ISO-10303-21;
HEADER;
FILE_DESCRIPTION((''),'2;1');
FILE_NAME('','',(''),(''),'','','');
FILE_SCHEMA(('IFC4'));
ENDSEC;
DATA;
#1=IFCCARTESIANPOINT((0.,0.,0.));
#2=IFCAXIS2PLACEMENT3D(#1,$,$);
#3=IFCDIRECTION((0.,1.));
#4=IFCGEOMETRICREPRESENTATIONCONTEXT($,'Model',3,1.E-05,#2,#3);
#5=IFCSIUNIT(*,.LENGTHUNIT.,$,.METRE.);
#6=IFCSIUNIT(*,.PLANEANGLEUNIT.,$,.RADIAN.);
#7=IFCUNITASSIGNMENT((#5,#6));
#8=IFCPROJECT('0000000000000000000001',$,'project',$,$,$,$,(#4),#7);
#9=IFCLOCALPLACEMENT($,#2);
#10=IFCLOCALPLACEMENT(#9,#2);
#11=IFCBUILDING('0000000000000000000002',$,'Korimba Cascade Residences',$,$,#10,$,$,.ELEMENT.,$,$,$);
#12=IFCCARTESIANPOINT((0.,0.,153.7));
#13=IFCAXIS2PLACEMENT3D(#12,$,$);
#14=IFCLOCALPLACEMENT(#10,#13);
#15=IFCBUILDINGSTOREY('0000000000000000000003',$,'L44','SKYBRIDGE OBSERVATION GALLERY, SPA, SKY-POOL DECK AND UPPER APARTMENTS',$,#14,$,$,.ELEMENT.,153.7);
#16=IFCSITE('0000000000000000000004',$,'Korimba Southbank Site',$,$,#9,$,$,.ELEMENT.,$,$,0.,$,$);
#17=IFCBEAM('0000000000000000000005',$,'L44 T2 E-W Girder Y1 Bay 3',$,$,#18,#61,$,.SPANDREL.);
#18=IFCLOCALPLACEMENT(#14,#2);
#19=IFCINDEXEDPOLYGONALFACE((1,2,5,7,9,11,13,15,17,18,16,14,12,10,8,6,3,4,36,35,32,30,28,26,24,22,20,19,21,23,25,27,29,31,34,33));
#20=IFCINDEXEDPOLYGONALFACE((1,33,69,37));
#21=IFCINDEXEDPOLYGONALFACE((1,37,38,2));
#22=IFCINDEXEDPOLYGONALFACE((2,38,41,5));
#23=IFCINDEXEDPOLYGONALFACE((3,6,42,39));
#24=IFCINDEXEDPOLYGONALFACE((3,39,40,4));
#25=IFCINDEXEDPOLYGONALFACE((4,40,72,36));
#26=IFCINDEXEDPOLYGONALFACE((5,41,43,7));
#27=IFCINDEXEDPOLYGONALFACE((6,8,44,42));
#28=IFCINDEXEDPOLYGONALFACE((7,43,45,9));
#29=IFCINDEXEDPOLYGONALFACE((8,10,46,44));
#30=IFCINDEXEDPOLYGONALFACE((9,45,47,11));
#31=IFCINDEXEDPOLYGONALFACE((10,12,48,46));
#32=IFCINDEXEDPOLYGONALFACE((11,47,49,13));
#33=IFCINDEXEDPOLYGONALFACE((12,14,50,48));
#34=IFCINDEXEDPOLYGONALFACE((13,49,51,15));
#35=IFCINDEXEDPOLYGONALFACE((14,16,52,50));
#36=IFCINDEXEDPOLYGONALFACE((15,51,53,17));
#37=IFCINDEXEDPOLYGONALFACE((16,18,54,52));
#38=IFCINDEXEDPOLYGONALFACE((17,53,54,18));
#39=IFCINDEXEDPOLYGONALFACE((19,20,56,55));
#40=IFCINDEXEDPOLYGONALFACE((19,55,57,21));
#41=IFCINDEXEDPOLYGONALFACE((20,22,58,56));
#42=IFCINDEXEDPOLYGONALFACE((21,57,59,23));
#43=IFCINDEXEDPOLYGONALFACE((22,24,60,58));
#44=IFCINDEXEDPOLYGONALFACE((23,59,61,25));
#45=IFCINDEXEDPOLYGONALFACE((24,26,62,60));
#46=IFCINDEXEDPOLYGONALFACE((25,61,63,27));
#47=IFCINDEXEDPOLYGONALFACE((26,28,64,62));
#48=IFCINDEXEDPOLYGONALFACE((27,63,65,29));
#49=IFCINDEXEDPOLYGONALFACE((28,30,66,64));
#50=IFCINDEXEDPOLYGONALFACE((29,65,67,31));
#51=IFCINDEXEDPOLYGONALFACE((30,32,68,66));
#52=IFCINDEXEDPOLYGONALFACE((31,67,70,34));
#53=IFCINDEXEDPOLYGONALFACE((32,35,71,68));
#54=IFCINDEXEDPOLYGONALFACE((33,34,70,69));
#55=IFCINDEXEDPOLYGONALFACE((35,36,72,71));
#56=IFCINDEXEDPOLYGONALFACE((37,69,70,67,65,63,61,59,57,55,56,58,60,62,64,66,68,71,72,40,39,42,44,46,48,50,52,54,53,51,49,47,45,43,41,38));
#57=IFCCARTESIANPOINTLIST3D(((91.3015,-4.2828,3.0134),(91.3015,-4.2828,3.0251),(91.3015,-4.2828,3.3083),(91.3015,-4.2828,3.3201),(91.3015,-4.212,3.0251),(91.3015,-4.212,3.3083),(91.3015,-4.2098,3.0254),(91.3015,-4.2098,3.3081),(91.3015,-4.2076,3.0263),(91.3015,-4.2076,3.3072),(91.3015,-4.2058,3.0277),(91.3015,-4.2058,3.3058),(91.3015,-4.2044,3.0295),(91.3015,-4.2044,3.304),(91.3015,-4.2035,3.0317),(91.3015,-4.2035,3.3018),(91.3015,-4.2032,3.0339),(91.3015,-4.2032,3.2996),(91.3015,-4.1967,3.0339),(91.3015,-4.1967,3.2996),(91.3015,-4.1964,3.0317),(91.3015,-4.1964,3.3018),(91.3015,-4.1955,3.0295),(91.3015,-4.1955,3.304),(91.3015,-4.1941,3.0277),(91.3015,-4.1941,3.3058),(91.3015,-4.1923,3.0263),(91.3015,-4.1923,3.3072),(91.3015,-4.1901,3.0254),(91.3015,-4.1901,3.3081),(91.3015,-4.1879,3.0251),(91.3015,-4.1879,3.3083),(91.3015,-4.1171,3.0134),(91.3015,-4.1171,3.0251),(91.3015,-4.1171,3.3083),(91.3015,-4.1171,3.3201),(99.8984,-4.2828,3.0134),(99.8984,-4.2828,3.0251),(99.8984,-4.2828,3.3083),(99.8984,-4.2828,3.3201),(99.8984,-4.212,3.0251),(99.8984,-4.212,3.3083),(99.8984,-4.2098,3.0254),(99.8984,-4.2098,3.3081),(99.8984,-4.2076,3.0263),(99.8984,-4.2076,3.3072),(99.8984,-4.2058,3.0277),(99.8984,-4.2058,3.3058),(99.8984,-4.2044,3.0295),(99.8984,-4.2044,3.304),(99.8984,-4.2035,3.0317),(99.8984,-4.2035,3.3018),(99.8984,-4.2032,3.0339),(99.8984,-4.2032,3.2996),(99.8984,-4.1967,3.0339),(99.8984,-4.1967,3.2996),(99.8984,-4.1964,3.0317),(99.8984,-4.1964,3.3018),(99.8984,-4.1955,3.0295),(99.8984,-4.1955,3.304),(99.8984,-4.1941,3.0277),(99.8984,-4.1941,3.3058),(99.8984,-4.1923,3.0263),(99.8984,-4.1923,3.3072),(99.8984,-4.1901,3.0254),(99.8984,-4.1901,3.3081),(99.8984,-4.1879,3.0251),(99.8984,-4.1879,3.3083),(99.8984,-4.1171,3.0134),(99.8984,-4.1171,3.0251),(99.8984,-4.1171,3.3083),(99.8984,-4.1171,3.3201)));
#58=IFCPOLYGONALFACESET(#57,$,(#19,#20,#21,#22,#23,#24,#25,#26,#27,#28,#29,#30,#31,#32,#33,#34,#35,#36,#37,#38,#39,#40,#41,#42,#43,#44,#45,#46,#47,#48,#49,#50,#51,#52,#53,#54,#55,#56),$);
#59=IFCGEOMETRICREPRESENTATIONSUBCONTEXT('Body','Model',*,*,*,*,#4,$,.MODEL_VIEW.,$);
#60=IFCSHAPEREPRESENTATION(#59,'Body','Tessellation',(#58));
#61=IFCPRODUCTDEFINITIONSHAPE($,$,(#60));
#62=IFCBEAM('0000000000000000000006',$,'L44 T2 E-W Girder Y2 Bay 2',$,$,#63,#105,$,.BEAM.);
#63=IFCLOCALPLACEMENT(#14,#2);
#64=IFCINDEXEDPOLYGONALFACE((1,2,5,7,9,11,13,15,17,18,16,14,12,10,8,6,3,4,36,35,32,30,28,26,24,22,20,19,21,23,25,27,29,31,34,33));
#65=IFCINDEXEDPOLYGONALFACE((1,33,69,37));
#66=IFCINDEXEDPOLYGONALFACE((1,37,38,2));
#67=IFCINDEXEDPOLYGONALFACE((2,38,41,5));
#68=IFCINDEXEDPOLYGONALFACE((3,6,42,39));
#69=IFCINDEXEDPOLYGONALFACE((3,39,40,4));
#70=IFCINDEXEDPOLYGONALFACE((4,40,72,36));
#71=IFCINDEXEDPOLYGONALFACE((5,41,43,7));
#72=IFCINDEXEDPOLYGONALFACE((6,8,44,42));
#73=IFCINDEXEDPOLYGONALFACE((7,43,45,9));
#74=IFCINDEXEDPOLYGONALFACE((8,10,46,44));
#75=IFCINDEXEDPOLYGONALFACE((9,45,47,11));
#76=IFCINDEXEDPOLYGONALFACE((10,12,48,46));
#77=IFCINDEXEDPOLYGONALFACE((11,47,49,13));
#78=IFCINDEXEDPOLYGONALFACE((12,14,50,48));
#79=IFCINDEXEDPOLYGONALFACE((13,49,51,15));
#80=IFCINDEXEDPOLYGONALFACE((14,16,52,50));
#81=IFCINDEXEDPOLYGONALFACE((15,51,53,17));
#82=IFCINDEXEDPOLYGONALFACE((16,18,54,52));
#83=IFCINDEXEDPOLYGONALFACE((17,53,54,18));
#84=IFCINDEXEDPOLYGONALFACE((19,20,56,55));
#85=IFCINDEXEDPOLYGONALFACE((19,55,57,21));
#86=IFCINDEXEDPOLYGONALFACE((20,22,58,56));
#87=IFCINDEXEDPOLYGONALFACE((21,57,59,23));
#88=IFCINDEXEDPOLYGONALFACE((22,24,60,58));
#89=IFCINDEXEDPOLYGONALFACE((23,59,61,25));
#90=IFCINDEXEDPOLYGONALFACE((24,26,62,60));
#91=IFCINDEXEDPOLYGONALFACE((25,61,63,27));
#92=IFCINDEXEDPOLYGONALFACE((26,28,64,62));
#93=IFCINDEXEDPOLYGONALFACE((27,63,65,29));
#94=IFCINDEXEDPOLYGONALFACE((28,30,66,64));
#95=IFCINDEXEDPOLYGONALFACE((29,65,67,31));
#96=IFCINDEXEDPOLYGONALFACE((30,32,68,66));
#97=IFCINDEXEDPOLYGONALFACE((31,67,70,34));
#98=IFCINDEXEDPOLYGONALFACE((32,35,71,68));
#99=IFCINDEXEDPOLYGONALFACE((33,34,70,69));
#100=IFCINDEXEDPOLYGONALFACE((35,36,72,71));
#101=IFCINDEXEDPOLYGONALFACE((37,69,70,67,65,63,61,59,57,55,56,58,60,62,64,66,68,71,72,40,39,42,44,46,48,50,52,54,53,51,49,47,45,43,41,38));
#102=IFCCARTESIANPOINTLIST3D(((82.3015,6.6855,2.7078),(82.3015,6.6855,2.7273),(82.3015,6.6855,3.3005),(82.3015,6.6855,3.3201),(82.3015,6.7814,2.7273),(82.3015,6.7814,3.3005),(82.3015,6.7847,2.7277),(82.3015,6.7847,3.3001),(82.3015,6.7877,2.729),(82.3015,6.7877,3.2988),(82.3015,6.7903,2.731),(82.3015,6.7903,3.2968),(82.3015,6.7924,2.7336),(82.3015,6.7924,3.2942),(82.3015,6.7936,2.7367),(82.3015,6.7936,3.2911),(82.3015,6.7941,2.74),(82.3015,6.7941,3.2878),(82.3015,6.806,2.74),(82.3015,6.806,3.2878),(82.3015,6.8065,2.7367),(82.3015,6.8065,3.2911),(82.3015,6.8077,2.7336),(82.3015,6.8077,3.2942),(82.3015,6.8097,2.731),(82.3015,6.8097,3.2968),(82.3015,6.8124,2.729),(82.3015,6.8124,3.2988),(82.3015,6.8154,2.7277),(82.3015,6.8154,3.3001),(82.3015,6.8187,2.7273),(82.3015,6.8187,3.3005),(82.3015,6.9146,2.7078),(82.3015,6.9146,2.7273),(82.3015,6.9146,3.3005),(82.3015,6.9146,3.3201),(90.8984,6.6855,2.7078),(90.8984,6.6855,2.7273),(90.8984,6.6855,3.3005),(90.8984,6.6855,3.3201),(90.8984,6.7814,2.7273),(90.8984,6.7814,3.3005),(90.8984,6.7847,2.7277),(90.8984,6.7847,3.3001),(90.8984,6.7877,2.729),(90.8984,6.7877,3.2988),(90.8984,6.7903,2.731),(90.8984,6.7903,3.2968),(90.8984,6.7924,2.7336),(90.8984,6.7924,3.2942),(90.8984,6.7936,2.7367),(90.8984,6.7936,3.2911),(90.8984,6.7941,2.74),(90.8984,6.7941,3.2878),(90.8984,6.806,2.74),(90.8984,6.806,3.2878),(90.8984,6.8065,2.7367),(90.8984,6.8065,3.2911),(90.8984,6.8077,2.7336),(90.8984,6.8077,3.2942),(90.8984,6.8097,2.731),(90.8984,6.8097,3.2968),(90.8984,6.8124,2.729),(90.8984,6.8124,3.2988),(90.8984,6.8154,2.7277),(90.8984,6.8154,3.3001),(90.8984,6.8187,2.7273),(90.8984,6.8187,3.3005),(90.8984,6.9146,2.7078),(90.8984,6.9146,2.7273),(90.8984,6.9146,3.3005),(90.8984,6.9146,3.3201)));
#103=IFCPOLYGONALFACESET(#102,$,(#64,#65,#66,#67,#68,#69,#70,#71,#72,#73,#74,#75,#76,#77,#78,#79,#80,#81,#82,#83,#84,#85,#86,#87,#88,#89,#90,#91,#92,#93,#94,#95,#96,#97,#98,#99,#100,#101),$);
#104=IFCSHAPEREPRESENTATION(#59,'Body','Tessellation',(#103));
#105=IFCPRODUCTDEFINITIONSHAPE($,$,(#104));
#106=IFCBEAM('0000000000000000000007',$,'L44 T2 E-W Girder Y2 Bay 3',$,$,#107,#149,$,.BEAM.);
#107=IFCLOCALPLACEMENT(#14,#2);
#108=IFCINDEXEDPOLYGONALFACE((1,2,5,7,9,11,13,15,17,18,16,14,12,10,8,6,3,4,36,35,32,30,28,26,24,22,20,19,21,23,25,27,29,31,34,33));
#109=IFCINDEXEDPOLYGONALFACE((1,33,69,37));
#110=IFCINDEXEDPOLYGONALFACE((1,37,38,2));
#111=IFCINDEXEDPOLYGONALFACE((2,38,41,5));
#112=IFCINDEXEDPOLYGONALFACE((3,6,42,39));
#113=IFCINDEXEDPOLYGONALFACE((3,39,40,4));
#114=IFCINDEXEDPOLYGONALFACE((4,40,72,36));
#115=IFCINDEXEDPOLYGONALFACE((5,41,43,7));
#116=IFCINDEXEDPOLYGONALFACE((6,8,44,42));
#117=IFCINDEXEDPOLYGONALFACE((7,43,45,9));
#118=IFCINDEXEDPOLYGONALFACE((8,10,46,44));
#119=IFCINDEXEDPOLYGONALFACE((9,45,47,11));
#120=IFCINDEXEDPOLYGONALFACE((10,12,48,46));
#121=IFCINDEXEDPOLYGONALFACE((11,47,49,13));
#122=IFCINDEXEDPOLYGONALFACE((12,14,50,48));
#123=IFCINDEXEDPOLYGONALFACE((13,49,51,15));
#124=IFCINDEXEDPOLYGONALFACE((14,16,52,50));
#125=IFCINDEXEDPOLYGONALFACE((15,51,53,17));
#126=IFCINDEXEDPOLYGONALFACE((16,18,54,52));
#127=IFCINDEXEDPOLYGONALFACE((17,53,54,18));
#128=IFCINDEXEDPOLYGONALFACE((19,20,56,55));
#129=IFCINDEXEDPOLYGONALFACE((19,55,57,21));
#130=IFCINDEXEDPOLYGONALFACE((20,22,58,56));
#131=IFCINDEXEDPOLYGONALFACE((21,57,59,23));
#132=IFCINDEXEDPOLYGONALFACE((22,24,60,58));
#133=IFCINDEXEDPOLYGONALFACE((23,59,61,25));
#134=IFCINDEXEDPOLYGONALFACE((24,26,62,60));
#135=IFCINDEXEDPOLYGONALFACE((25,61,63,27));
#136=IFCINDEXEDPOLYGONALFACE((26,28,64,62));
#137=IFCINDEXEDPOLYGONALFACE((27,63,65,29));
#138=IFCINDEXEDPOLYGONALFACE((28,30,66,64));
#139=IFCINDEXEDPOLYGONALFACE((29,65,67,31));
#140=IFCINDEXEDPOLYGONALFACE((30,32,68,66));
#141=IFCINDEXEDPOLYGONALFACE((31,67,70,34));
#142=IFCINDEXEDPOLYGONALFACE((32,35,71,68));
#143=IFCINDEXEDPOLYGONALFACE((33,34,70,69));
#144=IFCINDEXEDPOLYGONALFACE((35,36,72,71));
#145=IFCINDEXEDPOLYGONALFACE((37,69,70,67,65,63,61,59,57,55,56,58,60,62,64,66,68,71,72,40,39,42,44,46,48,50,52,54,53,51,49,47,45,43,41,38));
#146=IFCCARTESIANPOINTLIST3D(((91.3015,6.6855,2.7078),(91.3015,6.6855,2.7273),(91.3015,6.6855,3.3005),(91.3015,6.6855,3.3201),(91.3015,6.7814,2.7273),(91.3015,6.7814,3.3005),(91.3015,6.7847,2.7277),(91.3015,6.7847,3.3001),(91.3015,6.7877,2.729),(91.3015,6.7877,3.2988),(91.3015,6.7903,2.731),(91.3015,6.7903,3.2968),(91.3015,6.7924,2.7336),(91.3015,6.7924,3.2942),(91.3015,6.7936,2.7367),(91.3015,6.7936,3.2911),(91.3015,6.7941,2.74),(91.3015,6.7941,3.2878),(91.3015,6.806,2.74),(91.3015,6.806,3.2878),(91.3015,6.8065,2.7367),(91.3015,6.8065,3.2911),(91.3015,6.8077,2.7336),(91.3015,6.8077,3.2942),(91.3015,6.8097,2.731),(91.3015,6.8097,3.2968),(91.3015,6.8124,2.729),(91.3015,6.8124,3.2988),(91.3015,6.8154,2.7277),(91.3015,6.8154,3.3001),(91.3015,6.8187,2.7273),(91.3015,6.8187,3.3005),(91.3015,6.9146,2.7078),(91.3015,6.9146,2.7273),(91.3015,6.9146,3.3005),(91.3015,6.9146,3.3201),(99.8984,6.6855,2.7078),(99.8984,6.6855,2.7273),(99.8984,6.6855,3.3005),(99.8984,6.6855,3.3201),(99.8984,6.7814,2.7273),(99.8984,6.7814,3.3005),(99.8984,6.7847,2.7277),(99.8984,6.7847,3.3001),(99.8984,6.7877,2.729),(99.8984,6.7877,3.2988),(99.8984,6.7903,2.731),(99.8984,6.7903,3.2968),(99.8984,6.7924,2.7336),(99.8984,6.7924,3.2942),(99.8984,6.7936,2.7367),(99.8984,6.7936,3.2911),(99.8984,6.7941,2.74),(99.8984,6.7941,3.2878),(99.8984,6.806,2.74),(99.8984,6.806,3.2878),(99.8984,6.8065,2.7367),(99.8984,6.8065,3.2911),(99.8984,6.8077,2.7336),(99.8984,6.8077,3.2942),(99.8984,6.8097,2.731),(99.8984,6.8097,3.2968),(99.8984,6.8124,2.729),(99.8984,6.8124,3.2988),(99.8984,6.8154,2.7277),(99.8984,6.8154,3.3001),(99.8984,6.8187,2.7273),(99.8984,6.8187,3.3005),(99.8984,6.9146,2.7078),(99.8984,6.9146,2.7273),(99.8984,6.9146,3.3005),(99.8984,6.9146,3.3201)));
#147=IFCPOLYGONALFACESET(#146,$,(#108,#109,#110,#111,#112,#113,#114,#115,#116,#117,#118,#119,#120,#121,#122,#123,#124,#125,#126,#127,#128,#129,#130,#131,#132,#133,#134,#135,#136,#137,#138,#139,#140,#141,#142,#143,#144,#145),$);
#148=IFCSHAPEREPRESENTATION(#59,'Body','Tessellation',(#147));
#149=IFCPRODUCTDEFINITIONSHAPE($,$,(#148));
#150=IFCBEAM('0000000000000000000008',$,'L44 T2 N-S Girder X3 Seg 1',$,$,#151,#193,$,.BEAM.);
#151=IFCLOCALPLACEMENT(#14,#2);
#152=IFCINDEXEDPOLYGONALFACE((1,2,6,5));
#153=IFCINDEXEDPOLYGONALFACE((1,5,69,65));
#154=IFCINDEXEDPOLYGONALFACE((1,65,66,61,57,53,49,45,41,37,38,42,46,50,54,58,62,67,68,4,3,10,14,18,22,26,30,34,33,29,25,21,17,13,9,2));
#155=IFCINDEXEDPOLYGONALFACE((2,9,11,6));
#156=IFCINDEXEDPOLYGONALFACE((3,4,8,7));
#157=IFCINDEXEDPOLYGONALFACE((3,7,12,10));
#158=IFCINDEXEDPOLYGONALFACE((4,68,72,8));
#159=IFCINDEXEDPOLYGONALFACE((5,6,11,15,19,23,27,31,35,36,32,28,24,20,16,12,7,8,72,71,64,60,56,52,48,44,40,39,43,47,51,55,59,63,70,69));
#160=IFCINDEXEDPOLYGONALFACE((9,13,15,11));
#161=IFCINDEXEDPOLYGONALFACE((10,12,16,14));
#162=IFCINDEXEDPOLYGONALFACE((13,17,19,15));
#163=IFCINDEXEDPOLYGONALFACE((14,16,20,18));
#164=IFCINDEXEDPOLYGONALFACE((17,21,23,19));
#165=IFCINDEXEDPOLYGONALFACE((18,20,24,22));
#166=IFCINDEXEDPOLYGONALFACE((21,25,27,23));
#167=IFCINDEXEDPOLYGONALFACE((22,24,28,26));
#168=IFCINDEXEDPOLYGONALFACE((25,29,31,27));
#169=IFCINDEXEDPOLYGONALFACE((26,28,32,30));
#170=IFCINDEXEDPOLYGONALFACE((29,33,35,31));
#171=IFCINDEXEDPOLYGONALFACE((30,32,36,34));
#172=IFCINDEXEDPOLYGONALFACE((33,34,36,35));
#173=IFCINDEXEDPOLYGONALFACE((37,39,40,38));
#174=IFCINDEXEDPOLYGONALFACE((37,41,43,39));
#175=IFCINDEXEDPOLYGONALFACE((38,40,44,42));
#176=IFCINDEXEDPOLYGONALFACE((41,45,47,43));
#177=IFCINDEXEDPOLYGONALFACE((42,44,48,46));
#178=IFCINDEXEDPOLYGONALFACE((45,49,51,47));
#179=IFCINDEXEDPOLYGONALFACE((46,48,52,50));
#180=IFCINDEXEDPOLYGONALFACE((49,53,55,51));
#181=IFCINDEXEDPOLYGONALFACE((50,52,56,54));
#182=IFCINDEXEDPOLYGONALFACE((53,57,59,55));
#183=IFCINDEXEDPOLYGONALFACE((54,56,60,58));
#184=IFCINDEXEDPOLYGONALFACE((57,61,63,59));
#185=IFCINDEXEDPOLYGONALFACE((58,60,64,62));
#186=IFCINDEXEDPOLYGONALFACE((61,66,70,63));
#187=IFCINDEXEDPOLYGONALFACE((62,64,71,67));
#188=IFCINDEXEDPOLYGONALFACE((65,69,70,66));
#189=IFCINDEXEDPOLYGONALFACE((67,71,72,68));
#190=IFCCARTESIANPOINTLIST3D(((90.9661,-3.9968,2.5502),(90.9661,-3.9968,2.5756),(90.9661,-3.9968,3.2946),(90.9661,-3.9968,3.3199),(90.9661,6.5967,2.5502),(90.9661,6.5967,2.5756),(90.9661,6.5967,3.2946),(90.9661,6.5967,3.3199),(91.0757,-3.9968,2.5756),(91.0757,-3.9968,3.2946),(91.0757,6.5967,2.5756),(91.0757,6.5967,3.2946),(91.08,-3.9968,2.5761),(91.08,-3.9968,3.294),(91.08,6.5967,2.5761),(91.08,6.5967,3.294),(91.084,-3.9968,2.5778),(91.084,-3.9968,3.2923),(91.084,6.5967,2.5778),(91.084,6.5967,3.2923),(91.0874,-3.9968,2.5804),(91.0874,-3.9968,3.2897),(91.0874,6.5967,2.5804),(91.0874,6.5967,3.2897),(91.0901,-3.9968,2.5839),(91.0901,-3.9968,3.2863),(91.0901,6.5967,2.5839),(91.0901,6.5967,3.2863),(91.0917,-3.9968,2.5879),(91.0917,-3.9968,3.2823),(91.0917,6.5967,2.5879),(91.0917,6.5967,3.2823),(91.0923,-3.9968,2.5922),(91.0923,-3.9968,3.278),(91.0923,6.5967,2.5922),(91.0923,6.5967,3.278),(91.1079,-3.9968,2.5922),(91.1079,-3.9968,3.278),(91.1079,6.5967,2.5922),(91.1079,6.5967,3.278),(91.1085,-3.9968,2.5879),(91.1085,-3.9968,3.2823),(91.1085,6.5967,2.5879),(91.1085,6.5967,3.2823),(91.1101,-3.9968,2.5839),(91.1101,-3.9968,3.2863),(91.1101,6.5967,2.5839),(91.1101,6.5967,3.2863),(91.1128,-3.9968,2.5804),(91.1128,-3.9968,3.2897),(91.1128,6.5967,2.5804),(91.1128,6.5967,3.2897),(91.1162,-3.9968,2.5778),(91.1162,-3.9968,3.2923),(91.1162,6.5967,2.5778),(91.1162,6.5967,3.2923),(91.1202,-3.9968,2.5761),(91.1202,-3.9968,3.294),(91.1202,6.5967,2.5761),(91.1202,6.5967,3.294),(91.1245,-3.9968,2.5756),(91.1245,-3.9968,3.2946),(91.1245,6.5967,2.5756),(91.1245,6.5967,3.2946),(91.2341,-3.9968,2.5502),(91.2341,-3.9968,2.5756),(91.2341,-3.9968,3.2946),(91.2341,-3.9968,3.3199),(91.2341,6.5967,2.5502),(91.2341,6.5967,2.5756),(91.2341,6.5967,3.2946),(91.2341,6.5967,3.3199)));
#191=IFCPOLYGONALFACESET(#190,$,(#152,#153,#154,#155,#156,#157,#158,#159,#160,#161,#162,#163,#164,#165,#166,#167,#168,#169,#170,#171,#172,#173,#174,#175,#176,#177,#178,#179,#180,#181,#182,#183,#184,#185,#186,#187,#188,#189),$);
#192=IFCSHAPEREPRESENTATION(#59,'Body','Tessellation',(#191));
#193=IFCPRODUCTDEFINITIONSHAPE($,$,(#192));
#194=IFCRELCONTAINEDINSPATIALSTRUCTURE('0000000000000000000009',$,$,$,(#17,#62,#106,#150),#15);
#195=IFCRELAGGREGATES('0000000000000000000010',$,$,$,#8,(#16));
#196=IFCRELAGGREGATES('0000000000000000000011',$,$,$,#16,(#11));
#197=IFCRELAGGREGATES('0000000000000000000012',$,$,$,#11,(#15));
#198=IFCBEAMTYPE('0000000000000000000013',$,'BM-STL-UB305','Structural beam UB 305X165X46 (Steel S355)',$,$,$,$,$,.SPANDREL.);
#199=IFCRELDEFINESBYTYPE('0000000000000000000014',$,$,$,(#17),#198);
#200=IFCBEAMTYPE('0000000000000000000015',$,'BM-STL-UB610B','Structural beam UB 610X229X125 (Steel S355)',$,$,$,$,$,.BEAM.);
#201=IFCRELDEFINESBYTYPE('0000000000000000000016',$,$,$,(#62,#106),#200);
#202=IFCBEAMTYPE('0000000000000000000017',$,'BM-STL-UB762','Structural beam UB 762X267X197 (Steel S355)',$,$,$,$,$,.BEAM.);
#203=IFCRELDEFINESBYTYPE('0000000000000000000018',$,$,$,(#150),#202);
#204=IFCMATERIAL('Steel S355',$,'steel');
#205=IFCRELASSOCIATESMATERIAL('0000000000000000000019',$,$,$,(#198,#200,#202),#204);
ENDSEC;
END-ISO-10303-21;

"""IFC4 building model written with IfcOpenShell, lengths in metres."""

from ifc_helpers import new_model, si_unit, direction, frame, origin, origin_2d, place, context, subcontext, project, spatial, i_section, extrude, material, material_profile, profile_set, type_object, element, save


model = new_model("IFC4")

# Units and contexts
model_context = context("Model", 3, precision=1e-05, world=origin(), true_north=direction((0.0, 1.0)))
body_context = subcontext(model_context, "Body", "Model", "MODEL_VIEW")
ifc_project = project(units=[si_unit("LENGTHUNIT", "METRE"), si_unit("PLANEANGLEUNIT", "RADIAN")], contexts=[model_context])

# Site, building, storey
site_placement = place(None, origin())
site = spatial("IfcSite", under=ifc_project, at=site_placement, Name="Korimba Southbank Site", CompositionType="ELEMENT", RefElevation=0.0)
building_placement = place(site_placement, origin())
building = spatial("IfcBuilding", under=site, at=building_placement, Name="Korimba Cascade Residences", CompositionType="ELEMENT")
storey_placement = place(building_placement, frame((0.0, 0.0, 153.7)))
storey = spatial("IfcBuildingStorey", under=building, at=storey_placement, Name="L44", Description="SKYBRIDGE OBSERVATION GALLERY, SPA, SKY-POOL DECK AND UPPER APARTMENTS", CompositionType="ELEMENT", Elevation=153.7)

# Beams
ifc_material_1 = material(Name="Steel S355", Category="steel")
ifc_material_profile_1 = material_profile(ifc_material_1, i_section(OverallWidth=0.1658, OverallDepth=0.3066, WebThickness=0.0066, FlangeThickness=0.0117, FilletRadius=0.0088, at=origin_2d()), Name="Steel S355")
ifc_profile_set_1 = profile_set([ifc_material_profile_1], Name="Steel S355")
beam_type_1 = type_object("IfcBeamType", Name="BM-STL-UB305", Description="Structural beam UB 305X165X46 (Steel S355)", PredefinedType="SPANDREL", material=ifc_profile_set_1)
for number, where, z_axis, x_axis, name in (
    (1, (91.3015, -4.2, 3.1667), (1.0, 0.0, 0.0), (0.0, 1.0, 0.0), "L44 T2 E-W Girder Y1 Bay 3"),
):
    element("IfcBeam", number, at=place(storey_placement, frame(where, z_axis=z_axis, x_axis=x_axis)), inside=storey, type_object=beam_type_1, Name=name, PredefinedType="SPANDREL", context=body_context, shape_type="SweptSolid", body=[
        extrude(i_section(OverallWidth=0.1658, OverallDepth=0.3066, WebThickness=0.0066, FlangeThickness=0.0117, FilletRadius=0.0088, at=origin_2d()), origin(), (0.0, 0.0, 1.0), 8.5969),
    ])
ifc_material_profile_2 = material_profile(ifc_material_1, i_section(OverallWidth=0.229, OverallDepth=0.6123, WebThickness=0.012, FlangeThickness=0.0195, FilletRadius=0.0127, at=origin_2d()), Name="Steel S355")
ifc_profile_set_2 = profile_set([ifc_material_profile_2], Name="Steel S355")
beam_type_2 = type_object("IfcBeamType", Name="BM-STL-UB610B", Description="Structural beam UB 610X229X125 (Steel S355)", PredefinedType="BEAM", material=ifc_profile_set_2)
for number, where, z_axis, x_axis, name in (
    (2, (82.3015, 6.8, 3.0139), (1.0, 0.0, 0.0), (0.0, 1.0, 0.0), "L44 T2 E-W Girder Y2 Bay 2"),
    (3, (91.3015, 6.8, 3.0139), (1.0, 0.0, 0.0), (0.0, 1.0, 0.0), "L44 T2 E-W Girder Y2 Bay 3"),
):
    element("IfcBeam", number, at=place(storey_placement, frame(where, z_axis=z_axis, x_axis=x_axis)), inside=storey, type_object=beam_type_2, Name=name, PredefinedType="BEAM", context=body_context, shape_type="SweptSolid", body=[
        extrude(i_section(OverallWidth=0.229, OverallDepth=0.6123, WebThickness=0.012, FlangeThickness=0.0195, FilletRadius=0.0127, at=origin_2d()), origin(), (0.0, 0.0, 1.0), 8.5969),
    ])
ifc_material_profile_3 = material_profile(ifc_material_1, i_section(OverallWidth=0.2681, OverallDepth=0.7698, WebThickness=0.0156, FlangeThickness=0.0254, FilletRadius=0.0166, at=origin_2d()), Name="Steel S355")
ifc_profile_set_3 = profile_set([ifc_material_profile_3], Name="Steel S355")
beam_type_3 = type_object("IfcBeamType", Name="BM-STL-UB762", Description="Structural beam UB 762X267X197 (Steel S355)", PredefinedType="BEAM", material=ifc_profile_set_3)
beam_1_placement = place(storey_placement, frame((91.1001, -3.9968, 2.9351), z_axis=(0.0, 1.0, 0.0), x_axis=(-1.0, 0.0, 0.0)))
element("IfcBeam", 4, at=beam_1_placement, inside=storey, type_object=beam_type_3, Name="L44 T2 N-S Girder X3 Seg 1", PredefinedType="BEAM", context=body_context, shape_type="SweptSolid", body=[
    extrude(i_section(OverallWidth=0.2681, OverallDepth=0.7698, WebThickness=0.0156, FlangeThickness=0.0254, FilletRadius=0.0166, at=origin_2d()), origin(), (0.0, 0.0, 1.0), 10.5935),
])

save(model, "model.ifc")
